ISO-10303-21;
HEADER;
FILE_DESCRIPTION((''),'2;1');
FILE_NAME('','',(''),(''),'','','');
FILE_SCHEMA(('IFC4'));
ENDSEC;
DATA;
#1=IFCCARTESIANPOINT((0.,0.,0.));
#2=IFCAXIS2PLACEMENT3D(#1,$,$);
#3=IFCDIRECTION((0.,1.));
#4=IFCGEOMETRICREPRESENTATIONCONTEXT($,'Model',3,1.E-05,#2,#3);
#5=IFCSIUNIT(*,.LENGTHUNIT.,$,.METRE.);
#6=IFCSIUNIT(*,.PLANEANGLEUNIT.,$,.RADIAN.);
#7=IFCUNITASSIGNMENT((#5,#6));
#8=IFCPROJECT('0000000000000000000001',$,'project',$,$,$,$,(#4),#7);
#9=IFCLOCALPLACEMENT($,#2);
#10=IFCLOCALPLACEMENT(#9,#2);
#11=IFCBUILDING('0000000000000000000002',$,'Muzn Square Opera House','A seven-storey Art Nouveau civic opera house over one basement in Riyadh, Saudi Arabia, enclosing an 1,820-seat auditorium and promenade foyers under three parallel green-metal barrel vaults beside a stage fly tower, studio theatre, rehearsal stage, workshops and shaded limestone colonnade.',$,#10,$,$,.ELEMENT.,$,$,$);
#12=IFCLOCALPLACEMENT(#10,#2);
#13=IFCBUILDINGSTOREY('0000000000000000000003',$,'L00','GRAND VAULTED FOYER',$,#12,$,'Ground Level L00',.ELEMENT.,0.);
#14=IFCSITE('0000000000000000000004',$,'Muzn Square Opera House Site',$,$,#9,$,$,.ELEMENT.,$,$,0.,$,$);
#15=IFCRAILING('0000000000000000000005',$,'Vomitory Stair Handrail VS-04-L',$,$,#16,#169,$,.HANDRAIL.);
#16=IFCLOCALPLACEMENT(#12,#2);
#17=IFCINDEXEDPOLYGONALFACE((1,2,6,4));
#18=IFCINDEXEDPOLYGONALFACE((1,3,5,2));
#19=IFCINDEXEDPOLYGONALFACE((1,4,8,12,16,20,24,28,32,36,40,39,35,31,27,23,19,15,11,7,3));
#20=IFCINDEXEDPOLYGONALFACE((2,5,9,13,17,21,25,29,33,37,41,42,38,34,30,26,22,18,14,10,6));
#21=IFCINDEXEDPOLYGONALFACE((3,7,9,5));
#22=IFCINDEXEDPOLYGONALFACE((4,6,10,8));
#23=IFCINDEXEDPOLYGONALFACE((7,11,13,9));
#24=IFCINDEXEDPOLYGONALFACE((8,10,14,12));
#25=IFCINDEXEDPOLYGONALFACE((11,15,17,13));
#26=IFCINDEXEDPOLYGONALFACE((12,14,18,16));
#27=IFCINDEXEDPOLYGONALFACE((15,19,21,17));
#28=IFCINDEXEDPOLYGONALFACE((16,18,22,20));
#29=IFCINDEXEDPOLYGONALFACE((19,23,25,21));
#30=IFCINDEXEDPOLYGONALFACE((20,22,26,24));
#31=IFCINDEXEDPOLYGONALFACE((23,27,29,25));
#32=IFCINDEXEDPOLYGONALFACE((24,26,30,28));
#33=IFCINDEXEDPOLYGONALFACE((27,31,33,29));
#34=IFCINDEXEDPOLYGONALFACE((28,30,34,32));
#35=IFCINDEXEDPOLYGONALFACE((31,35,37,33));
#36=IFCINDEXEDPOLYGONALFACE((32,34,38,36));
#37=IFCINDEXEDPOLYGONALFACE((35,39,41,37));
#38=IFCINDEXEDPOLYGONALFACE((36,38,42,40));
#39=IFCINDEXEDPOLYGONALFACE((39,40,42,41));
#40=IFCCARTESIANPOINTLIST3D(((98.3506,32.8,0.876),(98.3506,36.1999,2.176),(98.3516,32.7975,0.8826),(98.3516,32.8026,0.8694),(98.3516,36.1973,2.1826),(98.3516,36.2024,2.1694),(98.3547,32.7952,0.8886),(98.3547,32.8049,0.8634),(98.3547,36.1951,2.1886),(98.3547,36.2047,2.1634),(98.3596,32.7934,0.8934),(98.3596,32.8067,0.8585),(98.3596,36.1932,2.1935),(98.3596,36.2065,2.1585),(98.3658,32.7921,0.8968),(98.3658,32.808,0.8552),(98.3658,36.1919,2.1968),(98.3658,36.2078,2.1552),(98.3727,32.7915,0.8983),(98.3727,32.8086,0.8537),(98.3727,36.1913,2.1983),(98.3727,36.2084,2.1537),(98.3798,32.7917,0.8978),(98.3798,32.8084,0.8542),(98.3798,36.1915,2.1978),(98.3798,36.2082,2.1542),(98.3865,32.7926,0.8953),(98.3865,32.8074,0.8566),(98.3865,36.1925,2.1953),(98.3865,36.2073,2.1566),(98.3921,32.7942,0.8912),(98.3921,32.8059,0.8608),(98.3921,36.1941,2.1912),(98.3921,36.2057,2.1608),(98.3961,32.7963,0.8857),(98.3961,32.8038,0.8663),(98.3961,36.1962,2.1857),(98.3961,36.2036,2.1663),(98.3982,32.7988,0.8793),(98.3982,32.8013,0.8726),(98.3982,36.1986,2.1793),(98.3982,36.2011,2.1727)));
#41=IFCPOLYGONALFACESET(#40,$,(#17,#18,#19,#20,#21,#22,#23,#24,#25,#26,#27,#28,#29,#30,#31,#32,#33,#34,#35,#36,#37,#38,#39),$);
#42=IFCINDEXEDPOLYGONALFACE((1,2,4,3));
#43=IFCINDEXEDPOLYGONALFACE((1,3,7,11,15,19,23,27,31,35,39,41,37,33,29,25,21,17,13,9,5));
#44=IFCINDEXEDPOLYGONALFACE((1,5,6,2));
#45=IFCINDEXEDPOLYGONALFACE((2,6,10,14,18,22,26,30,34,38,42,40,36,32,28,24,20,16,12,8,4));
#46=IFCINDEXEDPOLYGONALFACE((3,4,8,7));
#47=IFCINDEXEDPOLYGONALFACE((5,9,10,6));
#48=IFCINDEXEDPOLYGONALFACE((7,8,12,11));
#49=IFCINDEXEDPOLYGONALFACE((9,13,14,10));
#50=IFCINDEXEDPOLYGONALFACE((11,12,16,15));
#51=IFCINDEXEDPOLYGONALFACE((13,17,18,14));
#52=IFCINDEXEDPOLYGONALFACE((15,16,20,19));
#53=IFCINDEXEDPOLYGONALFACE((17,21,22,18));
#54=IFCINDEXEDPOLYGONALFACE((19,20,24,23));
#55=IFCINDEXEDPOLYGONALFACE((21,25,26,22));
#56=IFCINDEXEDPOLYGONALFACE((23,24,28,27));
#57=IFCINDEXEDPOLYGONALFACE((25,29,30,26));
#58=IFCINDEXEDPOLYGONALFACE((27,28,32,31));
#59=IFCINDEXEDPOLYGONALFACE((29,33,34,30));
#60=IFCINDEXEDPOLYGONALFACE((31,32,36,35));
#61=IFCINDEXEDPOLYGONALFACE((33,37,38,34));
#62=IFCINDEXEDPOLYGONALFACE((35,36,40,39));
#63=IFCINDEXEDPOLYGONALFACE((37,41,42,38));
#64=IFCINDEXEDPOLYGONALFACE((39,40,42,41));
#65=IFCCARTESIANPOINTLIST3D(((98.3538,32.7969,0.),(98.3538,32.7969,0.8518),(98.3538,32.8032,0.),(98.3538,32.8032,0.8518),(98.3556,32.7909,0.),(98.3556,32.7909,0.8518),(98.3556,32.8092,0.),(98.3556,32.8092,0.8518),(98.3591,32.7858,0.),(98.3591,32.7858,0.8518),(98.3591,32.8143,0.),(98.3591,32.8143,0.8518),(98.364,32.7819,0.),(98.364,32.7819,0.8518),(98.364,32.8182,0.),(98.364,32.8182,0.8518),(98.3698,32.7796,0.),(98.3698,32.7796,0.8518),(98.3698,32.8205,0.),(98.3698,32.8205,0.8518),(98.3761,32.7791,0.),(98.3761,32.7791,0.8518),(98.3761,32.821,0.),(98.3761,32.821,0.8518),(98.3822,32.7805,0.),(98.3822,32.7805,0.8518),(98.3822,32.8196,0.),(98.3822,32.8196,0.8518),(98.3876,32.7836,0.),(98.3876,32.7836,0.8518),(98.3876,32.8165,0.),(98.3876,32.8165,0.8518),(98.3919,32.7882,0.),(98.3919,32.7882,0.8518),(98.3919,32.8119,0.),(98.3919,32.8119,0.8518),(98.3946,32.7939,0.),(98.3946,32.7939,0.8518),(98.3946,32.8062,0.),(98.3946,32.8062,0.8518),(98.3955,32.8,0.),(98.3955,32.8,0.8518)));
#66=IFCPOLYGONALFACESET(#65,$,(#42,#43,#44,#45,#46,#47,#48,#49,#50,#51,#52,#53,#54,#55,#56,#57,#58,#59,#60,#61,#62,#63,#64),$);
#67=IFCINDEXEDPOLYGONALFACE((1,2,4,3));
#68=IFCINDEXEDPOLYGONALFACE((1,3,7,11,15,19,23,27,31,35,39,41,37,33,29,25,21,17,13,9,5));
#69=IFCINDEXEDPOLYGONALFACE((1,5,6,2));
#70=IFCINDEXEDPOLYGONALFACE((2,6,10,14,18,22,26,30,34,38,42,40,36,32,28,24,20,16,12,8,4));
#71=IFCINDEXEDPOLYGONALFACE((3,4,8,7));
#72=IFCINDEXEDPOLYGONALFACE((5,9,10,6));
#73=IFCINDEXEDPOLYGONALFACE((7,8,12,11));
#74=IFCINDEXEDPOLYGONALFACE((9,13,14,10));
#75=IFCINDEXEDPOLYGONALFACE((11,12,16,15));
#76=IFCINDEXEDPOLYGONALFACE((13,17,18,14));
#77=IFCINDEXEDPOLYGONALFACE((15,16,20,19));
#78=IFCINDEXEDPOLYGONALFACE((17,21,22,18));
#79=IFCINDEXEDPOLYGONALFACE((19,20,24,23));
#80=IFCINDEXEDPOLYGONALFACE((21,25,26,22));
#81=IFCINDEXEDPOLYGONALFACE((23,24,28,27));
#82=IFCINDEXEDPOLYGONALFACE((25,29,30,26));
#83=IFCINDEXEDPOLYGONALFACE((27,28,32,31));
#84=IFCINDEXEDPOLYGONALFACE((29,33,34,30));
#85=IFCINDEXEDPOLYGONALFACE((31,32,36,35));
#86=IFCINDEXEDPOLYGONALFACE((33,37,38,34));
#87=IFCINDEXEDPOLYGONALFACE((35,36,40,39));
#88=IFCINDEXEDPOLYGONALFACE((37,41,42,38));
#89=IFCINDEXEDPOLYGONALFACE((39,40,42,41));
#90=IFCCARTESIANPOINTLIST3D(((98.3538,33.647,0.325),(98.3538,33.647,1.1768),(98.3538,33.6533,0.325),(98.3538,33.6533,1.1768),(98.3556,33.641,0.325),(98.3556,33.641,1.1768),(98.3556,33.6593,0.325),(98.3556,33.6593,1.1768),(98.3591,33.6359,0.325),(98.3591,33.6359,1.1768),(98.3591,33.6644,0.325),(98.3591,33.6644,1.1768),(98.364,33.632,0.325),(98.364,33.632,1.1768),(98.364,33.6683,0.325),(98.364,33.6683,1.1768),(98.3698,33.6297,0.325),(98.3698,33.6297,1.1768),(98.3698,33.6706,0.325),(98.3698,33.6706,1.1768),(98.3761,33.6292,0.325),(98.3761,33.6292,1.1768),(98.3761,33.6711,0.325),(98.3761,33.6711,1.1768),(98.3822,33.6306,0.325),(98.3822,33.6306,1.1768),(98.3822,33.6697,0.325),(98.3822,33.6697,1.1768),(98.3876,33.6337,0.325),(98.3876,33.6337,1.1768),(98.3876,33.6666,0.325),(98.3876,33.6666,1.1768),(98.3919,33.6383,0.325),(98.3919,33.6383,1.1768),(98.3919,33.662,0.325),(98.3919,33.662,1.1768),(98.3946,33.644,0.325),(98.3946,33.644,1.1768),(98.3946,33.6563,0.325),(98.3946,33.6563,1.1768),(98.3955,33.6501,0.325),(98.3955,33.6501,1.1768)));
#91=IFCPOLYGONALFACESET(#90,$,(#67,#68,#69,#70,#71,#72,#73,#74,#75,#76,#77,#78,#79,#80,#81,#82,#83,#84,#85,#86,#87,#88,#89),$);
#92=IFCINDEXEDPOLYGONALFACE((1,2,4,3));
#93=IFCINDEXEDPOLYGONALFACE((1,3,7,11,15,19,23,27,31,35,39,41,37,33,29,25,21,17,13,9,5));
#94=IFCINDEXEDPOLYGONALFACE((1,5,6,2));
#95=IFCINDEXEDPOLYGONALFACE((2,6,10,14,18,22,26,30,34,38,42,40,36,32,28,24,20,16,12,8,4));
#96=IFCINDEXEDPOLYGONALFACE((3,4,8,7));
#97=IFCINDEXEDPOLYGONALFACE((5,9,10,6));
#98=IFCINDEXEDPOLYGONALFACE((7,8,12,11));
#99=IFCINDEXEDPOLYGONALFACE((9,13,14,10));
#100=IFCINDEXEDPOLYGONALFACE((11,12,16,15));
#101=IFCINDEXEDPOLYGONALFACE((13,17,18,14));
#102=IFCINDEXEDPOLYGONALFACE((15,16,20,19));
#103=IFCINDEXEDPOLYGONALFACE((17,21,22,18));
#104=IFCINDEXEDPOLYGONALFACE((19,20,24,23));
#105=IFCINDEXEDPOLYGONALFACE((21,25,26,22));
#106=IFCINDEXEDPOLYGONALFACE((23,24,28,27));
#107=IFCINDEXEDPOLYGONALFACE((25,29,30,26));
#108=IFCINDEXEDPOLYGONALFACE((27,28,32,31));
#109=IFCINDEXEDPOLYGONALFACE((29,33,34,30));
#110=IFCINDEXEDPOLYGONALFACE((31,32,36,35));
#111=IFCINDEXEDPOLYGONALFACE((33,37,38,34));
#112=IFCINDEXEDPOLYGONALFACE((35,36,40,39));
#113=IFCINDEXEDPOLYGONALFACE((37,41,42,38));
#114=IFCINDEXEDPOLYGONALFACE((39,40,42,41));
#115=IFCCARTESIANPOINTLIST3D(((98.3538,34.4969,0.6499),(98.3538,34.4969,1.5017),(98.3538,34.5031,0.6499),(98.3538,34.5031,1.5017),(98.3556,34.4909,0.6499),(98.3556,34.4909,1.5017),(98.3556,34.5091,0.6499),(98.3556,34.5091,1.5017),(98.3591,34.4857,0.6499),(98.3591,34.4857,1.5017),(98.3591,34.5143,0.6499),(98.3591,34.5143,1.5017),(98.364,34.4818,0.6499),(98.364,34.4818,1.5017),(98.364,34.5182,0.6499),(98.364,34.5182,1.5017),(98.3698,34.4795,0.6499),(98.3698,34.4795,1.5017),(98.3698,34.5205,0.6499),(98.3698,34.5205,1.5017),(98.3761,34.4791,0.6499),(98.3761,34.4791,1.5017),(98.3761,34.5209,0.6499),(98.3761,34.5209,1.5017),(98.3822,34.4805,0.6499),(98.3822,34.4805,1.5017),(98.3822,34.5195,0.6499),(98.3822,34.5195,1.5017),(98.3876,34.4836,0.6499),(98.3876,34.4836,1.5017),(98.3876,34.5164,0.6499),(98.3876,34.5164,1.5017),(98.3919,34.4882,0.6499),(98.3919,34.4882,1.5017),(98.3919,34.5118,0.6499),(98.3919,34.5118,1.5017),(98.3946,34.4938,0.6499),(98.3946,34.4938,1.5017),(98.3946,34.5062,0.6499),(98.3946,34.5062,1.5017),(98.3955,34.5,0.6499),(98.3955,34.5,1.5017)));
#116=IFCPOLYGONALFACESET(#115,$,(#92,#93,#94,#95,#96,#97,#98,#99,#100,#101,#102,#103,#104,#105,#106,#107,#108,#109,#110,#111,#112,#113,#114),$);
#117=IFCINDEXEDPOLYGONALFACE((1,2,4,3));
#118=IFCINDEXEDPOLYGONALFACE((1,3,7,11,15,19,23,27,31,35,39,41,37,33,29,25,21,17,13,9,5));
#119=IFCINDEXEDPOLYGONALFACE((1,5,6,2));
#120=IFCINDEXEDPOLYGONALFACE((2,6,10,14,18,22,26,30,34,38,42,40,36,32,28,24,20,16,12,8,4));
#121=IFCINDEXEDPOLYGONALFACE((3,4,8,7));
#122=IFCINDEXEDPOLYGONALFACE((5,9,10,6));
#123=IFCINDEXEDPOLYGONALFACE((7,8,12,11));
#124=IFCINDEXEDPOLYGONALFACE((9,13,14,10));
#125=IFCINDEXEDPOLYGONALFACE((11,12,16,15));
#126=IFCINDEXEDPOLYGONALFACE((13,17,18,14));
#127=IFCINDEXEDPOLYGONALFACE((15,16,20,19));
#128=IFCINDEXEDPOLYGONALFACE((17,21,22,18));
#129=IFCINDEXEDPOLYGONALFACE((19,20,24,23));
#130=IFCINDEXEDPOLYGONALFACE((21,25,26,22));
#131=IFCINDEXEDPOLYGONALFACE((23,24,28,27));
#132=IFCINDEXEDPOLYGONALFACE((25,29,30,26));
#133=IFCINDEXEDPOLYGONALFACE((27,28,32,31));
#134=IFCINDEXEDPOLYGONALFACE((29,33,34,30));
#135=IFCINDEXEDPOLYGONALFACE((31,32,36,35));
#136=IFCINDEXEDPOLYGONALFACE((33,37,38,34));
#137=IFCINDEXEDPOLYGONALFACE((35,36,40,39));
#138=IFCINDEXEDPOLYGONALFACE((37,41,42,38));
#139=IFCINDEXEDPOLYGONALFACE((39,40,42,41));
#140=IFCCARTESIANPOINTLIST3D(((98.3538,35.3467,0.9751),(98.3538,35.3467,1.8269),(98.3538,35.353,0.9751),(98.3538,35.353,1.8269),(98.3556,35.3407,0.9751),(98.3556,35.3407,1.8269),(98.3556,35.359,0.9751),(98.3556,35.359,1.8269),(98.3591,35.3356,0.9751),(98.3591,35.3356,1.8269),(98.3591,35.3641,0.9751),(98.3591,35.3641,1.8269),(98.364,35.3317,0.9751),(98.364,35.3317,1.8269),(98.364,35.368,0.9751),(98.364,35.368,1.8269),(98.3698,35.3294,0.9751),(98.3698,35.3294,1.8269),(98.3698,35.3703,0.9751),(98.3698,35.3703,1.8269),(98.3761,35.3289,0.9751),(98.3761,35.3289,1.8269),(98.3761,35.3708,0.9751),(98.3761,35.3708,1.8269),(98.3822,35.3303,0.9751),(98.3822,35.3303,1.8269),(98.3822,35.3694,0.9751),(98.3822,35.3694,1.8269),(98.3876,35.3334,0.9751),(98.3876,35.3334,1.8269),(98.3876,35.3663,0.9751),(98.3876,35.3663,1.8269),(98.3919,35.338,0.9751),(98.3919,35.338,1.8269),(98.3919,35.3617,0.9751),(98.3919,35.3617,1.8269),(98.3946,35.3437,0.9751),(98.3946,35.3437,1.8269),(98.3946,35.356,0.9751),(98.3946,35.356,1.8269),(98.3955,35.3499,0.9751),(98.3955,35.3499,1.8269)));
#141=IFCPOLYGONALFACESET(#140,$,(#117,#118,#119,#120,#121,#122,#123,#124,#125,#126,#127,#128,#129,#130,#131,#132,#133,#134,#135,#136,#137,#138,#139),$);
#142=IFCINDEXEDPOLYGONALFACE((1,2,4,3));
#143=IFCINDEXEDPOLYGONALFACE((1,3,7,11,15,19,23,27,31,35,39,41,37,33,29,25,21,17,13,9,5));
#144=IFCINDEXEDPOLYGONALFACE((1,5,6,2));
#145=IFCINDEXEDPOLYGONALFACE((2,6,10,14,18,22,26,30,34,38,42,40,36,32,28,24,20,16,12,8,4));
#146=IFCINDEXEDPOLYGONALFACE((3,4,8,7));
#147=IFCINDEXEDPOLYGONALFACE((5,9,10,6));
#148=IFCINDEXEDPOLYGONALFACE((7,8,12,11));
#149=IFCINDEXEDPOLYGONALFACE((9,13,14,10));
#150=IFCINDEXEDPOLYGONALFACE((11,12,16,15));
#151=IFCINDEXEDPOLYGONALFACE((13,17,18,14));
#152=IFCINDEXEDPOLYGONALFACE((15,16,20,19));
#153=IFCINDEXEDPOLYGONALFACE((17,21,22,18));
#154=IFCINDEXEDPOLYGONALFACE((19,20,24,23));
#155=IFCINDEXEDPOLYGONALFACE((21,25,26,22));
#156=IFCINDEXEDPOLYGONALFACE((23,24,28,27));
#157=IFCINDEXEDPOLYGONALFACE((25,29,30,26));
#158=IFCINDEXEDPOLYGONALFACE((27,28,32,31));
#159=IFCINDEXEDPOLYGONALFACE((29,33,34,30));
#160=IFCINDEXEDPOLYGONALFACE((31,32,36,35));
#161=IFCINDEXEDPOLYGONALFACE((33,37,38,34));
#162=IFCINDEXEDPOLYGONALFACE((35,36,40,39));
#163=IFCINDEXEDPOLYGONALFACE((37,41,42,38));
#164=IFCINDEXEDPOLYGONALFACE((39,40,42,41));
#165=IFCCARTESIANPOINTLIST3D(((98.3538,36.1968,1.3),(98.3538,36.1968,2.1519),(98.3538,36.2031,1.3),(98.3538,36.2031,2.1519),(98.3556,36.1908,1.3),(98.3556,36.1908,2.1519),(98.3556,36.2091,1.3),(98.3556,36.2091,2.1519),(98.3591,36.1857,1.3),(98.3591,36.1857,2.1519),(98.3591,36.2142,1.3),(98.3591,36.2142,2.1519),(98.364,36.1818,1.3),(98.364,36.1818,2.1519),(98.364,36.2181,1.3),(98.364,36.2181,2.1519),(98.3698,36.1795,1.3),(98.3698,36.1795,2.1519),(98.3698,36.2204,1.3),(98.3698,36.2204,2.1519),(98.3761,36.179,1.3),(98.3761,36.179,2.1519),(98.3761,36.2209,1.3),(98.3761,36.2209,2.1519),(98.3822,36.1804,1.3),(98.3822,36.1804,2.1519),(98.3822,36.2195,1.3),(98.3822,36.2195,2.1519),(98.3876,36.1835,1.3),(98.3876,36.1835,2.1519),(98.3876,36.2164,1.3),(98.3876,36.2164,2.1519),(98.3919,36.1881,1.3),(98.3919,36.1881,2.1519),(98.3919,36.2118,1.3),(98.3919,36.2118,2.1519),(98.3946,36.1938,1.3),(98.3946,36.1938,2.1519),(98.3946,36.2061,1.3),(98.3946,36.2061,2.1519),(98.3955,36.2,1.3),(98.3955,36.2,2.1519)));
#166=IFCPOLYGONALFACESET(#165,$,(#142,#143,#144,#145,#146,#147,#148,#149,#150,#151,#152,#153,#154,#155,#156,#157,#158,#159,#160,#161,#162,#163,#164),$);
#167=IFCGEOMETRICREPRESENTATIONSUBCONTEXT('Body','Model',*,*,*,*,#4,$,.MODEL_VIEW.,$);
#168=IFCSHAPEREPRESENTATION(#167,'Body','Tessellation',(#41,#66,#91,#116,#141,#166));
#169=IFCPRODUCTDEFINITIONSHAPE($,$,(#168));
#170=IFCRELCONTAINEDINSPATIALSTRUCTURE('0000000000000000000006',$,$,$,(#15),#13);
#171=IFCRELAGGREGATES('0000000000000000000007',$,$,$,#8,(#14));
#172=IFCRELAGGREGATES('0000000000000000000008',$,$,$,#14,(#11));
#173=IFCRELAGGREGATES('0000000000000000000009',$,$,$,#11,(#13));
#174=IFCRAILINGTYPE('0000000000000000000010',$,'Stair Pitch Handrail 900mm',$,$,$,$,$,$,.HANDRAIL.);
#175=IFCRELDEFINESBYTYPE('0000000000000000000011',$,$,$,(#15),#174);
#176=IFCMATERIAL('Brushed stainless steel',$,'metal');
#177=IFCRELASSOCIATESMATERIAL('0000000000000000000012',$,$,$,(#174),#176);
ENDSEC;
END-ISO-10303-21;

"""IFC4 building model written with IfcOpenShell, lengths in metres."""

from ifc_helpers import new_model, si_unit, direction, frame, origin, origin_2d, place, context, subcontext, project, spatial, circle, extrude, material, type_object, element, save


model = new_model("IFC4")

# Units and contexts
model_context = context("Model", 3, precision=1e-05, world=origin(), true_north=direction((0.0, 1.0)))
body_context = subcontext(model_context, "Body", "Model", "MODEL_VIEW")
ifc_project = project(units=[si_unit("LENGTHUNIT", "METRE"), si_unit("PLANEANGLEUNIT", "RADIAN")], contexts=[model_context])

# Site, building, storey
site_placement = place(None, origin())
site = spatial("IfcSite", under=ifc_project, at=site_placement, Name="Muzn Square Opera House Site", CompositionType="ELEMENT", RefElevation=0.0)
building_placement = place(site_placement, origin())
building = spatial("IfcBuilding", under=site, at=building_placement, Name="Muzn Square Opera House", Description="A seven-storey Art Nouveau civic opera house over one basement in Riyadh, Saudi Arabia, enclosing an 1,820-seat auditorium and promenade foyers under three parallel green-metal barrel vaults beside a stage fly tower, studio theatre, rehearsal stage, workshops and shaded limestone colonnade.", CompositionType="ELEMENT")
storey_placement = place(building_placement, origin())
storey = spatial("IfcBuildingStorey", under=building, at=storey_placement, Name="L00", Description="GRAND VAULTED FOYER", LongName="Ground Level L00", CompositionType="ELEMENT", Elevation=0.0)

# Railing
ifc_material_1 = material(Name="Brushed stainless steel", Category="metal")
railing_type_1 = type_object("IfcRailingType", Name="Stair Pitch Handrail 900mm", PredefinedType="HANDRAIL", material=ifc_material_1)
for number, where, name in (
    (1, (98.3745, 32.8, 0.0), "Vomitory Stair Handrail VS-04-L"),
):
    element("IfcRailing", number, at=place(storey_placement, frame(where)), inside=storey, type_object=railing_type_1, Name=name, PredefinedType="HANDRAIL", context=body_context, shape_type="SweptSolid", body=[
        extrude(circle(Radius=0.0239, at=origin_2d()), frame((0.0, 0.0, 0.876), z_axis=(0.0, 0.934044, 0.357158), x_axis=(-1.0, 0.0, 0.0)), (0.0, 0.0, 1.0), 3.6399),
        extrude(circle(Radius=0.021, at=origin_2d()), origin(), (0.0, 0.0, 1.0), 0.8518),
        extrude(circle(Radius=0.021, at=origin_2d()), frame((0.0, 0.8501, 0.325)), (0.0, 0.0, 1.0), 0.8518),
        extrude(circle(Radius=0.021, at=origin_2d()), frame((0.0, 1.7, 0.6499)), (0.0, 0.0, 1.0), 0.8518),
        extrude(circle(Radius=0.021, at=origin_2d()), frame((0.0, 2.5498, 0.9751)), (0.0, 0.0, 1.0), 0.8518),
        extrude(circle(Radius=0.021, at=origin_2d()), frame((0.0, 3.3999, 1.3)), (0.0, 0.0, 1.0), 0.8518),
    ])

save(model, "model.ifc")
